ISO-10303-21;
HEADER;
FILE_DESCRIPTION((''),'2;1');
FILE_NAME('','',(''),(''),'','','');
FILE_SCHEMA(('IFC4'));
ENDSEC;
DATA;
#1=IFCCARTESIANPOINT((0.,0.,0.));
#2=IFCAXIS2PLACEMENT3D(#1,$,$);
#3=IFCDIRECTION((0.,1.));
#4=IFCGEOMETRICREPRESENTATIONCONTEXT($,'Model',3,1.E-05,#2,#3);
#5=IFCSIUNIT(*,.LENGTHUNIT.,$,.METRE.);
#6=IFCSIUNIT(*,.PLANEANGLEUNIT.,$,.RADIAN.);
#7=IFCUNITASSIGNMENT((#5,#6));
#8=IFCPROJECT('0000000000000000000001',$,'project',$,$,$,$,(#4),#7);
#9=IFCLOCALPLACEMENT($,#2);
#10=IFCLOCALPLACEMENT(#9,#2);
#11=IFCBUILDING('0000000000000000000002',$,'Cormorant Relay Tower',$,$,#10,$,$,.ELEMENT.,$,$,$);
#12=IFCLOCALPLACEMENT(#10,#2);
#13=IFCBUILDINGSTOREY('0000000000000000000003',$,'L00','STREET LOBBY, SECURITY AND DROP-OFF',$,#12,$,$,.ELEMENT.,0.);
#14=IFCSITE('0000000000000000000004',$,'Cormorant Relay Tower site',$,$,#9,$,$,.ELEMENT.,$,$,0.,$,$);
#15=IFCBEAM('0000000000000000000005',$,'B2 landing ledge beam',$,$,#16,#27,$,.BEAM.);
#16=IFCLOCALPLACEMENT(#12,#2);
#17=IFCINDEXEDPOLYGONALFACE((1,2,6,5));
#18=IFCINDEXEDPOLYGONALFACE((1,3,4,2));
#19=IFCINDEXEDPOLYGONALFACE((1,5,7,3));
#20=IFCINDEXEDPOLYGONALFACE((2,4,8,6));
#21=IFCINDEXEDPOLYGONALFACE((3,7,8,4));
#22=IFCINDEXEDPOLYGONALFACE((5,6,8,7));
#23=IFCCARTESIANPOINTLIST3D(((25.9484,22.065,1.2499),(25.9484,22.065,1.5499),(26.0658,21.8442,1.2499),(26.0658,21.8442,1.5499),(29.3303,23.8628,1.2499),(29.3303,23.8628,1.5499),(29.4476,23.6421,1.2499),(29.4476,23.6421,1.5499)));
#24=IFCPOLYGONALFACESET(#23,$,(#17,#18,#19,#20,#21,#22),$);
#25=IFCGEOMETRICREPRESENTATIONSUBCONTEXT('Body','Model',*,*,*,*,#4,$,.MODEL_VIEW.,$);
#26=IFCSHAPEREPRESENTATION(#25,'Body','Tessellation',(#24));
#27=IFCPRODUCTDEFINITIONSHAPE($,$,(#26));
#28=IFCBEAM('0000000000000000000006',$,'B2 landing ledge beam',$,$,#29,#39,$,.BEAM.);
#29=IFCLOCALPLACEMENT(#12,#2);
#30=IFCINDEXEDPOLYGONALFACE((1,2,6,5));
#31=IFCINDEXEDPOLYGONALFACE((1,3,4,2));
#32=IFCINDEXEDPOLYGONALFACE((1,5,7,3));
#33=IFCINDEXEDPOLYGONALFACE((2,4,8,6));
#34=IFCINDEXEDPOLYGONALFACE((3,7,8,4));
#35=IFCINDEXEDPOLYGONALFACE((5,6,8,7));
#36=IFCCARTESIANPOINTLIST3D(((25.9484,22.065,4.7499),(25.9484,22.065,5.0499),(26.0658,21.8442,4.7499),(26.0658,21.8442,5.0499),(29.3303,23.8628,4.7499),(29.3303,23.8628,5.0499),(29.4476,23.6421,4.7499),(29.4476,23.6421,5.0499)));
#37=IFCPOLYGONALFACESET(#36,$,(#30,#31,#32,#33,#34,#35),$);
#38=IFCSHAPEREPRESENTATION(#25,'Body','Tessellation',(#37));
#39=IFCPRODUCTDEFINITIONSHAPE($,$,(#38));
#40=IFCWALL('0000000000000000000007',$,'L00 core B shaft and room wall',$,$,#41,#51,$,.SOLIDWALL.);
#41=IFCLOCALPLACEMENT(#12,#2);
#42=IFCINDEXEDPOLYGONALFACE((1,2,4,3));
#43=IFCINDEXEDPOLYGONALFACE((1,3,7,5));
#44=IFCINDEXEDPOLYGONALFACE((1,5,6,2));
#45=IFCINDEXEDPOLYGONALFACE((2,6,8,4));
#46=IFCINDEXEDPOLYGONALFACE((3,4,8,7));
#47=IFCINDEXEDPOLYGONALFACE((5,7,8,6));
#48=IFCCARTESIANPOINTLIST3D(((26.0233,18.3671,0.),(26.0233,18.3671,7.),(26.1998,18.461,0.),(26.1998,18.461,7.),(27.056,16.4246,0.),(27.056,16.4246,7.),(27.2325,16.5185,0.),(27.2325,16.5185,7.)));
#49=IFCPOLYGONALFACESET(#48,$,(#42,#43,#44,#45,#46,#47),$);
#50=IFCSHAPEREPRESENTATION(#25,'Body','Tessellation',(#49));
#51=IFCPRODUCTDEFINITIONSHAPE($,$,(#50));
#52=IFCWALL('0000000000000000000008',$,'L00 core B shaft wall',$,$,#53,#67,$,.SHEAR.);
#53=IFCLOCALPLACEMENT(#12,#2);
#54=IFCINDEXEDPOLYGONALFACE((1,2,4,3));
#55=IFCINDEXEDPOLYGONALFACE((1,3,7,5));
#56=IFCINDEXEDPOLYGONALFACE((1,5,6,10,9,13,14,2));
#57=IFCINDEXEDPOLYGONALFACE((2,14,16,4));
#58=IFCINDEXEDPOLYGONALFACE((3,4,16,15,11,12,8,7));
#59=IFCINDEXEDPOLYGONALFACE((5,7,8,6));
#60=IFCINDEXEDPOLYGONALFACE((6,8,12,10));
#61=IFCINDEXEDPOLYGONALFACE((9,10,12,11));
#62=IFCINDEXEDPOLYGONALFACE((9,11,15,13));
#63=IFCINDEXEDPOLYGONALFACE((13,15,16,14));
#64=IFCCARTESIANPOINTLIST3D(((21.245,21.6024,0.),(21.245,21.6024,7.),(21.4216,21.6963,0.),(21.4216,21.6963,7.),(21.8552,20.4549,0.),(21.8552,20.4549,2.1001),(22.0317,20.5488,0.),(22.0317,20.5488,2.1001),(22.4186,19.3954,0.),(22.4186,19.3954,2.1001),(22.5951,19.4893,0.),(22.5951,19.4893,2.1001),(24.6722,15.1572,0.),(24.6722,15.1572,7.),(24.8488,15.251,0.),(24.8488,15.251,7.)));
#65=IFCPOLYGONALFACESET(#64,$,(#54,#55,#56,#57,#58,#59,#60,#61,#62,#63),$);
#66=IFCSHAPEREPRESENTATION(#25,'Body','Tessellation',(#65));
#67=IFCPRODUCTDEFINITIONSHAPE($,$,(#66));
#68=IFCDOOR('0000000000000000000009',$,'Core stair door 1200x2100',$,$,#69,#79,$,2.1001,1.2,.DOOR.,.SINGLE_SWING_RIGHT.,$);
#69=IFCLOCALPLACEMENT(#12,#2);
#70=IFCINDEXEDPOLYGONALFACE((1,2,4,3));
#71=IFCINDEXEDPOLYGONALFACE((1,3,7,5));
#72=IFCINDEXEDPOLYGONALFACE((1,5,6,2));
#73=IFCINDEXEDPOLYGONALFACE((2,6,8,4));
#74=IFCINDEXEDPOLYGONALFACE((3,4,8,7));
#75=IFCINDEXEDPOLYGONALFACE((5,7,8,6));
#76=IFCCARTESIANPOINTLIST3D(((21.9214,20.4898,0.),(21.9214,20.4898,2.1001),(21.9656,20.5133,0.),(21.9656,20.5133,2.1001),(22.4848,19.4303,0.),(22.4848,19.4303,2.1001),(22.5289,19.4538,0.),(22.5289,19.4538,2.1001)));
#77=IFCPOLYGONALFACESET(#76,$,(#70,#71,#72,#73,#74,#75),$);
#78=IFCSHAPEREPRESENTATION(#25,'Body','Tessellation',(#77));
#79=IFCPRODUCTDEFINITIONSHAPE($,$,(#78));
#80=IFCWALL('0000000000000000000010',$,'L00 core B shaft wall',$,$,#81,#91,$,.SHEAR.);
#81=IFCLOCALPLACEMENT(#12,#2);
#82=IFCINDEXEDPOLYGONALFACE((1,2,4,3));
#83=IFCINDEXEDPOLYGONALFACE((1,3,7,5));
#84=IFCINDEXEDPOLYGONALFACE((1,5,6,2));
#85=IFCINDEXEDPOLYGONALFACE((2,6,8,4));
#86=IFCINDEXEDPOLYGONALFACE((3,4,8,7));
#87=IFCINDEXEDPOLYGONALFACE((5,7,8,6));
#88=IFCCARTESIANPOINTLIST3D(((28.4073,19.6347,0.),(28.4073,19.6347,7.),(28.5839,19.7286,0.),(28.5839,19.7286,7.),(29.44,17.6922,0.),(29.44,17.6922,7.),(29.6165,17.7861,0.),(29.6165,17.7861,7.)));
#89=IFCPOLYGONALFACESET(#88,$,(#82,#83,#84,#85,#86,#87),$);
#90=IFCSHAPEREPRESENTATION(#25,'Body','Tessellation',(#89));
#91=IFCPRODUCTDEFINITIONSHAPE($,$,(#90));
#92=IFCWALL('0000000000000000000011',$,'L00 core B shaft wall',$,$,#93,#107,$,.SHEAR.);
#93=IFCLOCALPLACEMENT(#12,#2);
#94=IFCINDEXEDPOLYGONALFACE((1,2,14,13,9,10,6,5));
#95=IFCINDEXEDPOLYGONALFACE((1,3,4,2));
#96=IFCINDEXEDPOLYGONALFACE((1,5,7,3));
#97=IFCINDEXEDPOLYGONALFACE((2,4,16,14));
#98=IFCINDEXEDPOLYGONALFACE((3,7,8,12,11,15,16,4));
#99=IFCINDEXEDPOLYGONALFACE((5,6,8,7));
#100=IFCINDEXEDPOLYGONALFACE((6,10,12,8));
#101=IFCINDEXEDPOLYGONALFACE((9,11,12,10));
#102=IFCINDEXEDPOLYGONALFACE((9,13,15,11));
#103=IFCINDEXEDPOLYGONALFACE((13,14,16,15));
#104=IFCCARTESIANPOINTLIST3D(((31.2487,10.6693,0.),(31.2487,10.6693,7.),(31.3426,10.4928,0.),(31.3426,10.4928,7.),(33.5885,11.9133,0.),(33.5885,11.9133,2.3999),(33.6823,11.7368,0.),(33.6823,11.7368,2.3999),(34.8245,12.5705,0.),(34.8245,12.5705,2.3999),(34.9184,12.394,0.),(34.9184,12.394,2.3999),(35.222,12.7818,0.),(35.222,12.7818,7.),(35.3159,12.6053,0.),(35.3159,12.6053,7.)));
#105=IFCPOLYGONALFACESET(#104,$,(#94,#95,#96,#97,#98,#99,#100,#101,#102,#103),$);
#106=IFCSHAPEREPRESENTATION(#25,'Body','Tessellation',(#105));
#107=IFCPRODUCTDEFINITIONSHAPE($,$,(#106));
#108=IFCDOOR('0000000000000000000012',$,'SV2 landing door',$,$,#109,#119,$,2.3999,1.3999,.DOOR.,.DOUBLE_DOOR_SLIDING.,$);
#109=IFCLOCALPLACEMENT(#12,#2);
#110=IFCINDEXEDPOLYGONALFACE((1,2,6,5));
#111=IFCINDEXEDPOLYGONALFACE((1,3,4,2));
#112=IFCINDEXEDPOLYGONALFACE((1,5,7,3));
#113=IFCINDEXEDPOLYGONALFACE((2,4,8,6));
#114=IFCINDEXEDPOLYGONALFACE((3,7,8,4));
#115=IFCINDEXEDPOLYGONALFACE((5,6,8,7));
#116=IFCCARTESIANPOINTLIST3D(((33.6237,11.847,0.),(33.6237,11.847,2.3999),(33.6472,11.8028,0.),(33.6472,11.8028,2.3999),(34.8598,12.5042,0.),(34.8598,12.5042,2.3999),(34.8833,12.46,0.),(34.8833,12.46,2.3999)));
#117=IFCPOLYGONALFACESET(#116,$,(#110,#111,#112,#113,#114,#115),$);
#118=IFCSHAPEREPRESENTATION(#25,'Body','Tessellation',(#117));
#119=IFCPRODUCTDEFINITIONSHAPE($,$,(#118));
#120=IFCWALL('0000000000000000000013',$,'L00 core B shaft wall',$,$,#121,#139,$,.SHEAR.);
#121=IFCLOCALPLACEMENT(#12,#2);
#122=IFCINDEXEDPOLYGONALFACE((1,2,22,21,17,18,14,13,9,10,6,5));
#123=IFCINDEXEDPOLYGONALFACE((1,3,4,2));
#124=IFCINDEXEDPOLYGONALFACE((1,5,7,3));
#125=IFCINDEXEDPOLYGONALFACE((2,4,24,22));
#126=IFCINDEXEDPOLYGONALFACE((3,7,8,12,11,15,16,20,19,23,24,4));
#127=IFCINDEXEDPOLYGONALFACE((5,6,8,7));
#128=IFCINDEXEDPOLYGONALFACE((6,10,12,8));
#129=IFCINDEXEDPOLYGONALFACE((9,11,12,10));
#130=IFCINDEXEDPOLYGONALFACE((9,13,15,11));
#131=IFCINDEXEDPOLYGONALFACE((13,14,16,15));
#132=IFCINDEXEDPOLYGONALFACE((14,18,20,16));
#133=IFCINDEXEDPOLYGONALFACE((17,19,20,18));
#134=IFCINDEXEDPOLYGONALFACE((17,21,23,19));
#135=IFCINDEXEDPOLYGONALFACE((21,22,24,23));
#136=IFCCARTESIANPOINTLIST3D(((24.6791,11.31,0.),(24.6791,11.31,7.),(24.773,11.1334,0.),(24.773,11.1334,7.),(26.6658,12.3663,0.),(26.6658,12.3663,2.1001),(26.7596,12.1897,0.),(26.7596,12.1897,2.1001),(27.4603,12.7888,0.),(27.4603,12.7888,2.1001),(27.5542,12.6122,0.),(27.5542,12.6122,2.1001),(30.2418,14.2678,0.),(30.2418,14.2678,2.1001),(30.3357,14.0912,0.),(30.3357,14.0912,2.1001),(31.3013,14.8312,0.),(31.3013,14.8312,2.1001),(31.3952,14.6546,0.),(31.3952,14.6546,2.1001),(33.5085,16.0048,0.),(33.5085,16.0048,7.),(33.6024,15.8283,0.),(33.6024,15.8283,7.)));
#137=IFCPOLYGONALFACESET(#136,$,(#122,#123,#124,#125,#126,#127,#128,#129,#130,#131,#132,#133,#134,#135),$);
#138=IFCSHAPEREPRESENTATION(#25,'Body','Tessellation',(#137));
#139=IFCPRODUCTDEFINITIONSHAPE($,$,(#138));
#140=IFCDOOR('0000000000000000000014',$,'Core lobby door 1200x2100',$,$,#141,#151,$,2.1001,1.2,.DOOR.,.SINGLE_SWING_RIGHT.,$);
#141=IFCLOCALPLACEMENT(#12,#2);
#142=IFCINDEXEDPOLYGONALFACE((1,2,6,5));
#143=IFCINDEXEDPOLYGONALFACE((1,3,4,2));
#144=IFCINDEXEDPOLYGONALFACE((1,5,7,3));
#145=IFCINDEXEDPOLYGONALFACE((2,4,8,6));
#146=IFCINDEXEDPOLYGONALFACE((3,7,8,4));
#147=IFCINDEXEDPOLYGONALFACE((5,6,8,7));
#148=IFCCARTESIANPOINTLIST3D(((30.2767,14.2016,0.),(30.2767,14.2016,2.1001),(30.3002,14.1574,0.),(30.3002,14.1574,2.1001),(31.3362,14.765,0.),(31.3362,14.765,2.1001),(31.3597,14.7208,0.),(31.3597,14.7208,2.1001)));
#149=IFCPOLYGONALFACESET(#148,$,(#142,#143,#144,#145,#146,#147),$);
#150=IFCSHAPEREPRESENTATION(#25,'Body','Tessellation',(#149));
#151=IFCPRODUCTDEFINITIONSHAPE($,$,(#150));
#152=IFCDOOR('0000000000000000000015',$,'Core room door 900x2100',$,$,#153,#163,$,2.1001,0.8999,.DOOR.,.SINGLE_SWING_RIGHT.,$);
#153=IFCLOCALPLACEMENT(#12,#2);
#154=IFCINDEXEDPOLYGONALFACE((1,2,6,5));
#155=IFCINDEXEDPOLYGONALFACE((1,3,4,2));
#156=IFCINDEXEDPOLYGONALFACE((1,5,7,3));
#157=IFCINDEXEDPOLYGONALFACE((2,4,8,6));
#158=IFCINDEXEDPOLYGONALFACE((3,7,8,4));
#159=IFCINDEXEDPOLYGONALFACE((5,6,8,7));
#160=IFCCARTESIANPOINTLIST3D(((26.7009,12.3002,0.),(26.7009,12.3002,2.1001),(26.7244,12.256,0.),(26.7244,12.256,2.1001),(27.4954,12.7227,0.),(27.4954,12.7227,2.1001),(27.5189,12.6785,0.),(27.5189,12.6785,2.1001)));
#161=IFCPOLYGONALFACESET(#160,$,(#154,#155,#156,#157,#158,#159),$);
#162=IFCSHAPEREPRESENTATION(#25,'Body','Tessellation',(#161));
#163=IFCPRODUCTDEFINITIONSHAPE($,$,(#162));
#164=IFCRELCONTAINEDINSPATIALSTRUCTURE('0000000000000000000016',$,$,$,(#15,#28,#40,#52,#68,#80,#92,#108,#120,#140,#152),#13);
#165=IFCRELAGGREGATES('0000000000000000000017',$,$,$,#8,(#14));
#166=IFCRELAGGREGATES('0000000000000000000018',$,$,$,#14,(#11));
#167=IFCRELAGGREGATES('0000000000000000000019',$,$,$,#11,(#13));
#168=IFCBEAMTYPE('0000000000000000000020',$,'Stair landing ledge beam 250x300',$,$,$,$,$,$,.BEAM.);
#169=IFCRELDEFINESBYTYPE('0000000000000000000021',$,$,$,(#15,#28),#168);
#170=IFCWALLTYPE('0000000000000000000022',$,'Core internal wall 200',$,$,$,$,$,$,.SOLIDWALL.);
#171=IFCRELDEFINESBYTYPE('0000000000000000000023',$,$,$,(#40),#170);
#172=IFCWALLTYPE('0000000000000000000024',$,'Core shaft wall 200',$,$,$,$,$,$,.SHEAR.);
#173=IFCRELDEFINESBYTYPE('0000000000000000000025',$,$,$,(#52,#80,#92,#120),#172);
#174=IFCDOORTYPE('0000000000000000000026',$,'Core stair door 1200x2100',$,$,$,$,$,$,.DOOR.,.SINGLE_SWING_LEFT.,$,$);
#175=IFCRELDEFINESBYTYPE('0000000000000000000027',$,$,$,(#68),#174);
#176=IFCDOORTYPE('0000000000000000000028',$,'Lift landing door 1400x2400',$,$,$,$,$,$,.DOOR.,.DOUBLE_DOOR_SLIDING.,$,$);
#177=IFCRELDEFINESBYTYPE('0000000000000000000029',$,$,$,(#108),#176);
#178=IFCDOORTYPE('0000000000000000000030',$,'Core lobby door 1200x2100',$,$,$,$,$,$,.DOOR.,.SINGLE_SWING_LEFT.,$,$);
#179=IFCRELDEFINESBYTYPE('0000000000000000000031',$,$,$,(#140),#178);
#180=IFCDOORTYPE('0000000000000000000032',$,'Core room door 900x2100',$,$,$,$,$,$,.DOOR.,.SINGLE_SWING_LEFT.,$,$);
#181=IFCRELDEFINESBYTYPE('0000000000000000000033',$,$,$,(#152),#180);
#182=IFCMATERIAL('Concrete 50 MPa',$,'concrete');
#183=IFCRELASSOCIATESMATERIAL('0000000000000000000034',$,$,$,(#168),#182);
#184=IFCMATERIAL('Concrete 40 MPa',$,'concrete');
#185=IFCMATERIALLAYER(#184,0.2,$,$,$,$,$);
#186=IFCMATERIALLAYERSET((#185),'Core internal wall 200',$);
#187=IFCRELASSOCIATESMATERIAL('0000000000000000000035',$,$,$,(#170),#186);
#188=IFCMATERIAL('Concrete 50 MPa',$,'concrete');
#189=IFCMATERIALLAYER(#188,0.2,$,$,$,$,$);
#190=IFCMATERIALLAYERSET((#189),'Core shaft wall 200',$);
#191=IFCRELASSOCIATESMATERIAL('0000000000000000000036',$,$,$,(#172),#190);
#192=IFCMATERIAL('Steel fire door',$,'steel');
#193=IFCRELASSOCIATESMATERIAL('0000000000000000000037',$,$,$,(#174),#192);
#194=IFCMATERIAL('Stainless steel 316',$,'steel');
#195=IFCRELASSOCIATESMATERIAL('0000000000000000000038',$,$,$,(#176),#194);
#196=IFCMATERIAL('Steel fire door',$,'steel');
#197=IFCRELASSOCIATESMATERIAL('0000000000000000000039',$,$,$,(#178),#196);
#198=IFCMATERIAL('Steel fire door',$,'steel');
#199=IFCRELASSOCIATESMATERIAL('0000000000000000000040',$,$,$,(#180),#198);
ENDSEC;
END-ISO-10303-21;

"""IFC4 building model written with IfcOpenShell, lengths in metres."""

from ifc_helpers import new_model, si_unit, direction, frame, frame_2d, origin, origin_2d, place, context, subcontext, project, spatial, rectangle, extrude, material, layer, layer_set, material_profile, profile_set, type_object, element, fill, save


model = new_model("IFC4")

# Units and contexts
model_context = context("Model", 3, precision=1e-05, world=origin(), true_north=direction((0.0, 1.0)))
body_context = subcontext(model_context, "Body", "Model", "MODEL_VIEW")
ifc_project = project(units=[si_unit("LENGTHUNIT", "METRE"), si_unit("PLANEANGLEUNIT", "RADIAN")], contexts=[model_context])

# Site, building, storey
site_placement = place(None, origin())
site = spatial("IfcSite", under=ifc_project, at=site_placement, Name="Cormorant Relay Tower site", CompositionType="ELEMENT", RefElevation=0.0)
building_placement = place(site_placement, origin())
building = spatial("IfcBuilding", under=site, at=building_placement, Name="Cormorant Relay Tower", CompositionType="ELEMENT")
storey_placement = place(building_placement, origin())
storey = spatial("IfcBuildingStorey", under=building, at=storey_placement, Name="L00", Description="STREET LOBBY, SECURITY AND DROP-OFF", CompositionType="ELEMENT", Elevation=0.0)

# Beams
ifc_material_1 = material(Name="Concrete 50 MPa", Category="concrete")
ifc_material_profile = material_profile(ifc_material_1, rectangle(XDim=0.25, YDim=0.3, at=origin_2d()), Name="RC 250x300")
ifc_profile_set = profile_set([ifc_material_profile], Name="Concrete 50 MPa")
beam_type = type_object("IfcBeamType", Name="Stair landing ledge beam 250x300", PredefinedType="BEAM", material=ifc_profile_set)
for number, where, z_axis, x_axis, name in (
    (1, (26.0071, 21.9546, 1.3999), (0.88298, 0.46941, 0.0), (-0.46941, 0.88298, 0.0), "B2 landing ledge beam"),
    (2, (26.0071, 21.9546, 4.8999), (0.88298, 0.46941, 0.0), (-0.46941, 0.88298, 0.0), "B2 landing ledge beam"),
):
    element("IfcBeam", number, at=place(storey_placement, frame(where, z_axis=z_axis, x_axis=x_axis)), inside=storey, type_object=beam_type, Name=name, PredefinedType="BEAM", context=body_context, shape_type="SweptSolid", body=[
        extrude(rectangle(XDim=0.25, YDim=0.3, at=origin_2d()), origin(), (0.0, 0.0, 1.0), 3.8301),
    ])

# Wall
ifc_material_2 = material(Name="Concrete 40 MPa", Category="concrete")
ifc_layer_1 = layer(ifc_material_2, 0.2)
ifc_layer_set_1 = layer_set([ifc_layer_1], Name="Core internal wall 200")
wall_type_1 = type_object("IfcWallType", Name="Core internal wall 200", PredefinedType="SOLIDWALL", material=ifc_layer_set_1)
wall_1_placement = place(storey_placement, frame((27.1443, 16.4714, 0.0), z_axis=(0.0, 0.0, 1.0), x_axis=(-0.469401, 0.882985, 0.0)))
element("IfcWall", 3, at=wall_1_placement, inside=storey, type_object=wall_type_1, Name="L00 core B shaft and room wall", PredefinedType="SOLIDWALL", context=body_context, shape_type="SweptSolid", body=[
    extrude(rectangle(XDim=2.2, YDim=0.2, at=frame_2d((1.1001, 0.0))), origin(), (0.0, 0.0, 1.0), 7.0),
])

# Wall, opening, door
ifc_material_3 = material(Name="Concrete 50 MPa", Category="concrete")
ifc_layer_2 = layer(ifc_material_3, 0.2)
ifc_layer_set_2 = layer_set([ifc_layer_2], Name="Core shaft wall 200")
wall_type_2 = type_object("IfcWallType", Name="Core shaft wall 200", PredefinedType="SHEAR", material=ifc_layer_set_2)
wall_2_placement = place(storey_placement, frame((24.7605, 15.2041, 0.0), z_axis=(0.0, 0.0, 1.0), x_axis=(-0.469494, 0.882936, 0.0)))
wall_2 = element("IfcWall", 4, at=wall_2_placement, inside=storey, type_object=wall_type_2, Name="L00 core B shaft wall", PredefinedType="SHEAR", context=body_context, shape_type="SweptSolid", body=[
    extrude(rectangle(XDim=7.2998, YDim=0.2, at=frame_2d((3.6499, 0.0))), origin(), (0.0, 0.0, 1.0), 7.0),
])
opening_1_placement = place(wall_2_placement, frame((4.8, 0.0, 0.0)))
opening_1 = element("IfcOpeningElement", 5, at=opening_1_placement, cuts=wall_2, PredefinedType="OPENING", context=body_context, shape_type="SweptSolid", body=[
    extrude(rectangle(XDim=1.2, YDim=2.1001, at=frame_2d((0.6001, 1.05))), frame((0.0, 0.1099, 0.0), z_axis=(0.0, -1.0, 0.0), x_axis=(1.0, 0.0, 0.0)), (0.0, 0.0, 1.0), 0.22),
])
ifc_material_4 = material(Name="Steel fire door", Category="steel")
door_type_1 = type_object("IfcDoorType", Name="Core stair door 1200x2100", OperationType="SINGLE_SWING_LEFT", PredefinedType="DOOR", material=ifc_material_4)
door_1_placement = place(opening_1_placement, frame((1.2, 0.0, 0.0), z_axis=(0.0, 0.0, 1.0), x_axis=(-1.0, 0.0, 0.0)))
door_1 = element("IfcDoor", 6, at=door_1_placement, inside=storey, type_object=door_type_1, Name="Core stair door 1200x2100", OperationType="SINGLE_SWING_RIGHT", OverallHeight=2.1001, OverallWidth=1.2, PredefinedType="DOOR", context=body_context, shape_type="SweptSolid", body=[
    extrude(rectangle(XDim=1.2, YDim=2.1001, at=frame_2d((0.6001, 1.05))), frame((0.0, 0.0249, 0.0), z_axis=(0.0, -1.0, 0.0), x_axis=(1.0, 0.0, 0.0)), (0.0, 0.0, 1.0), 0.05),
])
fill(opening_1, door_1)

# Wall
wall_3_placement = place(storey_placement, frame((29.5283, 17.739, 0.0), z_axis=(0.0, 0.0, 1.0), x_axis=(-0.469401, 0.882985, 0.0)))
element("IfcWall", 7, at=wall_3_placement, inside=storey, type_object=wall_type_2, Name="L00 core B shaft wall", PredefinedType="SHEAR", context=body_context, shape_type="SweptSolid", body=[
    extrude(rectangle(XDim=2.2, YDim=0.2, at=frame_2d((1.1001, 0.0))), origin(), (0.0, 0.0, 1.0), 7.0),
])

# Wall, opening, door
wall_4_placement = place(storey_placement, frame((31.2957, 10.5811, 0.0), z_axis=(0.0, 0.0, 1.0), x_axis=(0.88296, 0.469447, 0.0)))
wall_4 = element("IfcWall", 8, at=wall_4_placement, inside=storey, type_object=wall_type_2, Name="L00 core B shaft wall", PredefinedType="SHEAR", context=body_context, shape_type="SweptSolid", body=[
    extrude(rectangle(XDim=4.5, YDim=0.2, at=frame_2d((2.25, 0.0))), origin(), (0.0, 0.0, 1.0), 7.0),
])
opening_2_placement = place(wall_4_placement, frame((2.6499, 0.0, 0.0)))
opening_2 = element("IfcOpeningElement", 9, at=opening_2_placement, cuts=wall_4, PredefinedType="OPENING", context=body_context, shape_type="SweptSolid", body=[
    extrude(rectangle(XDim=1.3999, YDim=2.3999, at=frame_2d((0.7, 1.2))), frame((0.0, 0.1099, 0.0), z_axis=(0.0, -1.0, 0.0), x_axis=(1.0, 0.0, 0.0)), (0.0, 0.0, 1.0), 0.22),
])
ifc_material_5 = material(Name="Stainless steel 316", Category="steel")
door_type_2 = type_object("IfcDoorType", Name="Lift landing door 1400x2400", OperationType="DOUBLE_DOOR_SLIDING", PredefinedType="DOOR", material=ifc_material_5)
door_2_placement = place(opening_2_placement, origin())
door_2 = element("IfcDoor", 10, at=door_2_placement, inside=storey, type_object=door_type_2, Name="SV2 landing door", OperationType="DOUBLE_DOOR_SLIDING", OverallHeight=2.3999, OverallWidth=1.3999, PredefinedType="DOOR", context=body_context, shape_type="SweptSolid", body=[
    extrude(rectangle(XDim=1.3999, YDim=2.3999, at=frame_2d((0.7, 1.2))), frame((0.0, 0.0249, 0.0), z_axis=(0.0, -1.0, 0.0), x_axis=(1.0, 0.0, 0.0)), (0.0, 0.0, 1.0), 0.05),
])
fill(opening_2, door_2)

# Wall, openings, doors
wall_5_placement = place(storey_placement, frame((24.7261, 11.2217, 0.0), z_axis=(0.0, 0.0, 1.0), x_axis=(0.88294, 0.469485, 0.0)))
wall_5 = element("IfcWall", 11, at=wall_5_placement, inside=storey, type_object=wall_type_2, Name="L00 core B shaft wall", PredefinedType="SHEAR", context=body_context, shape_type="SweptSolid", body=[
    extrude(rectangle(XDim=10.0, YDim=0.2, at=frame_2d((5.0, 0.0))), origin(), (0.0, 0.0, 1.0), 7.0),
])
opening_3_placement = place(wall_5_placement, frame((6.3, 0.0, 0.0)))
opening_3 = element("IfcOpeningElement", 12, at=opening_3_placement, cuts=wall_5, PredefinedType="OPENING", context=body_context, shape_type="SweptSolid", body=[
    extrude(rectangle(XDim=1.2, YDim=2.1001, at=frame_2d((0.6001, 1.05))), frame((0.0, 0.1099, 0.0), z_axis=(0.0, -1.0, 0.0), x_axis=(1.0, 0.0, 0.0)), (0.0, 0.0, 1.0), 0.22),
])
opening_4_placement = place(wall_5_placement, frame((2.25, 0.0, 0.0)))
opening_4 = element("IfcOpeningElement", 13, at=opening_4_placement, cuts=wall_5, PredefinedType="OPENING", context=body_context, shape_type="SweptSolid", body=[
    extrude(rectangle(XDim=0.8999, YDim=2.1001, at=frame_2d((0.45, 1.05))), frame((0.0, 0.1099, 0.0), z_axis=(0.0, -1.0, 0.0), x_axis=(1.0, 0.0, 0.0)), (0.0, 0.0, 1.0), 0.22),
])
ifc_material_6 = material(Name="Steel fire door", Category="steel")
door_type_3 = type_object("IfcDoorType", Name="Core lobby door 1200x2100", OperationType="SINGLE_SWING_LEFT", PredefinedType="DOOR", material=ifc_material_6)
door_3_placement = place(opening_3_placement, frame((1.2, 0.0, 0.0), z_axis=(0.0, 0.0, 1.0), x_axis=(-1.0, 0.0, 0.0)))
door_3 = element("IfcDoor", 14, at=door_3_placement, inside=storey, type_object=door_type_3, Name="Core lobby door 1200x2100", OperationType="SINGLE_SWING_RIGHT", OverallHeight=2.1001, OverallWidth=1.2, PredefinedType="DOOR", context=body_context, shape_type="SweptSolid", body=[
    extrude(rectangle(XDim=1.2, YDim=2.1001, at=frame_2d((0.6001, 1.05))), frame((0.0, 0.0249, 0.0), z_axis=(0.0, -1.0, 0.0), x_axis=(1.0, 0.0, 0.0)), (0.0, 0.0, 1.0), 0.05),
])
fill(opening_3, door_3)
ifc_material_7 = material(Name="Steel fire door", Category="steel")
door_type_4 = type_object("IfcDoorType", Name="Core room door 900x2100", OperationType="SINGLE_SWING_LEFT", PredefinedType="DOOR", material=ifc_material_7)
door_4_placement = place(opening_4_placement, frame((0.8999, 0.0, 0.0), z_axis=(0.0, 0.0, 1.0), x_axis=(-1.0, 0.0, 0.0)))
door_4 = element("IfcDoor", 15, at=door_4_placement, inside=storey, type_object=door_type_4, Name="Core room door 900x2100", OperationType="SINGLE_SWING_RIGHT", OverallHeight=2.1001, OverallWidth=0.8999, PredefinedType="DOOR", context=body_context, shape_type="SweptSolid", body=[
    extrude(rectangle(XDim=0.8999, YDim=2.1001, at=frame_2d((0.45, 1.05))), frame((0.0, 0.0249, 0.0), z_axis=(0.0, -1.0, 0.0), x_axis=(1.0, 0.0, 0.0)), (0.0, 0.0, 1.0), 0.05),
])
fill(opening_4, door_4)

save(model, "model.ifc")
